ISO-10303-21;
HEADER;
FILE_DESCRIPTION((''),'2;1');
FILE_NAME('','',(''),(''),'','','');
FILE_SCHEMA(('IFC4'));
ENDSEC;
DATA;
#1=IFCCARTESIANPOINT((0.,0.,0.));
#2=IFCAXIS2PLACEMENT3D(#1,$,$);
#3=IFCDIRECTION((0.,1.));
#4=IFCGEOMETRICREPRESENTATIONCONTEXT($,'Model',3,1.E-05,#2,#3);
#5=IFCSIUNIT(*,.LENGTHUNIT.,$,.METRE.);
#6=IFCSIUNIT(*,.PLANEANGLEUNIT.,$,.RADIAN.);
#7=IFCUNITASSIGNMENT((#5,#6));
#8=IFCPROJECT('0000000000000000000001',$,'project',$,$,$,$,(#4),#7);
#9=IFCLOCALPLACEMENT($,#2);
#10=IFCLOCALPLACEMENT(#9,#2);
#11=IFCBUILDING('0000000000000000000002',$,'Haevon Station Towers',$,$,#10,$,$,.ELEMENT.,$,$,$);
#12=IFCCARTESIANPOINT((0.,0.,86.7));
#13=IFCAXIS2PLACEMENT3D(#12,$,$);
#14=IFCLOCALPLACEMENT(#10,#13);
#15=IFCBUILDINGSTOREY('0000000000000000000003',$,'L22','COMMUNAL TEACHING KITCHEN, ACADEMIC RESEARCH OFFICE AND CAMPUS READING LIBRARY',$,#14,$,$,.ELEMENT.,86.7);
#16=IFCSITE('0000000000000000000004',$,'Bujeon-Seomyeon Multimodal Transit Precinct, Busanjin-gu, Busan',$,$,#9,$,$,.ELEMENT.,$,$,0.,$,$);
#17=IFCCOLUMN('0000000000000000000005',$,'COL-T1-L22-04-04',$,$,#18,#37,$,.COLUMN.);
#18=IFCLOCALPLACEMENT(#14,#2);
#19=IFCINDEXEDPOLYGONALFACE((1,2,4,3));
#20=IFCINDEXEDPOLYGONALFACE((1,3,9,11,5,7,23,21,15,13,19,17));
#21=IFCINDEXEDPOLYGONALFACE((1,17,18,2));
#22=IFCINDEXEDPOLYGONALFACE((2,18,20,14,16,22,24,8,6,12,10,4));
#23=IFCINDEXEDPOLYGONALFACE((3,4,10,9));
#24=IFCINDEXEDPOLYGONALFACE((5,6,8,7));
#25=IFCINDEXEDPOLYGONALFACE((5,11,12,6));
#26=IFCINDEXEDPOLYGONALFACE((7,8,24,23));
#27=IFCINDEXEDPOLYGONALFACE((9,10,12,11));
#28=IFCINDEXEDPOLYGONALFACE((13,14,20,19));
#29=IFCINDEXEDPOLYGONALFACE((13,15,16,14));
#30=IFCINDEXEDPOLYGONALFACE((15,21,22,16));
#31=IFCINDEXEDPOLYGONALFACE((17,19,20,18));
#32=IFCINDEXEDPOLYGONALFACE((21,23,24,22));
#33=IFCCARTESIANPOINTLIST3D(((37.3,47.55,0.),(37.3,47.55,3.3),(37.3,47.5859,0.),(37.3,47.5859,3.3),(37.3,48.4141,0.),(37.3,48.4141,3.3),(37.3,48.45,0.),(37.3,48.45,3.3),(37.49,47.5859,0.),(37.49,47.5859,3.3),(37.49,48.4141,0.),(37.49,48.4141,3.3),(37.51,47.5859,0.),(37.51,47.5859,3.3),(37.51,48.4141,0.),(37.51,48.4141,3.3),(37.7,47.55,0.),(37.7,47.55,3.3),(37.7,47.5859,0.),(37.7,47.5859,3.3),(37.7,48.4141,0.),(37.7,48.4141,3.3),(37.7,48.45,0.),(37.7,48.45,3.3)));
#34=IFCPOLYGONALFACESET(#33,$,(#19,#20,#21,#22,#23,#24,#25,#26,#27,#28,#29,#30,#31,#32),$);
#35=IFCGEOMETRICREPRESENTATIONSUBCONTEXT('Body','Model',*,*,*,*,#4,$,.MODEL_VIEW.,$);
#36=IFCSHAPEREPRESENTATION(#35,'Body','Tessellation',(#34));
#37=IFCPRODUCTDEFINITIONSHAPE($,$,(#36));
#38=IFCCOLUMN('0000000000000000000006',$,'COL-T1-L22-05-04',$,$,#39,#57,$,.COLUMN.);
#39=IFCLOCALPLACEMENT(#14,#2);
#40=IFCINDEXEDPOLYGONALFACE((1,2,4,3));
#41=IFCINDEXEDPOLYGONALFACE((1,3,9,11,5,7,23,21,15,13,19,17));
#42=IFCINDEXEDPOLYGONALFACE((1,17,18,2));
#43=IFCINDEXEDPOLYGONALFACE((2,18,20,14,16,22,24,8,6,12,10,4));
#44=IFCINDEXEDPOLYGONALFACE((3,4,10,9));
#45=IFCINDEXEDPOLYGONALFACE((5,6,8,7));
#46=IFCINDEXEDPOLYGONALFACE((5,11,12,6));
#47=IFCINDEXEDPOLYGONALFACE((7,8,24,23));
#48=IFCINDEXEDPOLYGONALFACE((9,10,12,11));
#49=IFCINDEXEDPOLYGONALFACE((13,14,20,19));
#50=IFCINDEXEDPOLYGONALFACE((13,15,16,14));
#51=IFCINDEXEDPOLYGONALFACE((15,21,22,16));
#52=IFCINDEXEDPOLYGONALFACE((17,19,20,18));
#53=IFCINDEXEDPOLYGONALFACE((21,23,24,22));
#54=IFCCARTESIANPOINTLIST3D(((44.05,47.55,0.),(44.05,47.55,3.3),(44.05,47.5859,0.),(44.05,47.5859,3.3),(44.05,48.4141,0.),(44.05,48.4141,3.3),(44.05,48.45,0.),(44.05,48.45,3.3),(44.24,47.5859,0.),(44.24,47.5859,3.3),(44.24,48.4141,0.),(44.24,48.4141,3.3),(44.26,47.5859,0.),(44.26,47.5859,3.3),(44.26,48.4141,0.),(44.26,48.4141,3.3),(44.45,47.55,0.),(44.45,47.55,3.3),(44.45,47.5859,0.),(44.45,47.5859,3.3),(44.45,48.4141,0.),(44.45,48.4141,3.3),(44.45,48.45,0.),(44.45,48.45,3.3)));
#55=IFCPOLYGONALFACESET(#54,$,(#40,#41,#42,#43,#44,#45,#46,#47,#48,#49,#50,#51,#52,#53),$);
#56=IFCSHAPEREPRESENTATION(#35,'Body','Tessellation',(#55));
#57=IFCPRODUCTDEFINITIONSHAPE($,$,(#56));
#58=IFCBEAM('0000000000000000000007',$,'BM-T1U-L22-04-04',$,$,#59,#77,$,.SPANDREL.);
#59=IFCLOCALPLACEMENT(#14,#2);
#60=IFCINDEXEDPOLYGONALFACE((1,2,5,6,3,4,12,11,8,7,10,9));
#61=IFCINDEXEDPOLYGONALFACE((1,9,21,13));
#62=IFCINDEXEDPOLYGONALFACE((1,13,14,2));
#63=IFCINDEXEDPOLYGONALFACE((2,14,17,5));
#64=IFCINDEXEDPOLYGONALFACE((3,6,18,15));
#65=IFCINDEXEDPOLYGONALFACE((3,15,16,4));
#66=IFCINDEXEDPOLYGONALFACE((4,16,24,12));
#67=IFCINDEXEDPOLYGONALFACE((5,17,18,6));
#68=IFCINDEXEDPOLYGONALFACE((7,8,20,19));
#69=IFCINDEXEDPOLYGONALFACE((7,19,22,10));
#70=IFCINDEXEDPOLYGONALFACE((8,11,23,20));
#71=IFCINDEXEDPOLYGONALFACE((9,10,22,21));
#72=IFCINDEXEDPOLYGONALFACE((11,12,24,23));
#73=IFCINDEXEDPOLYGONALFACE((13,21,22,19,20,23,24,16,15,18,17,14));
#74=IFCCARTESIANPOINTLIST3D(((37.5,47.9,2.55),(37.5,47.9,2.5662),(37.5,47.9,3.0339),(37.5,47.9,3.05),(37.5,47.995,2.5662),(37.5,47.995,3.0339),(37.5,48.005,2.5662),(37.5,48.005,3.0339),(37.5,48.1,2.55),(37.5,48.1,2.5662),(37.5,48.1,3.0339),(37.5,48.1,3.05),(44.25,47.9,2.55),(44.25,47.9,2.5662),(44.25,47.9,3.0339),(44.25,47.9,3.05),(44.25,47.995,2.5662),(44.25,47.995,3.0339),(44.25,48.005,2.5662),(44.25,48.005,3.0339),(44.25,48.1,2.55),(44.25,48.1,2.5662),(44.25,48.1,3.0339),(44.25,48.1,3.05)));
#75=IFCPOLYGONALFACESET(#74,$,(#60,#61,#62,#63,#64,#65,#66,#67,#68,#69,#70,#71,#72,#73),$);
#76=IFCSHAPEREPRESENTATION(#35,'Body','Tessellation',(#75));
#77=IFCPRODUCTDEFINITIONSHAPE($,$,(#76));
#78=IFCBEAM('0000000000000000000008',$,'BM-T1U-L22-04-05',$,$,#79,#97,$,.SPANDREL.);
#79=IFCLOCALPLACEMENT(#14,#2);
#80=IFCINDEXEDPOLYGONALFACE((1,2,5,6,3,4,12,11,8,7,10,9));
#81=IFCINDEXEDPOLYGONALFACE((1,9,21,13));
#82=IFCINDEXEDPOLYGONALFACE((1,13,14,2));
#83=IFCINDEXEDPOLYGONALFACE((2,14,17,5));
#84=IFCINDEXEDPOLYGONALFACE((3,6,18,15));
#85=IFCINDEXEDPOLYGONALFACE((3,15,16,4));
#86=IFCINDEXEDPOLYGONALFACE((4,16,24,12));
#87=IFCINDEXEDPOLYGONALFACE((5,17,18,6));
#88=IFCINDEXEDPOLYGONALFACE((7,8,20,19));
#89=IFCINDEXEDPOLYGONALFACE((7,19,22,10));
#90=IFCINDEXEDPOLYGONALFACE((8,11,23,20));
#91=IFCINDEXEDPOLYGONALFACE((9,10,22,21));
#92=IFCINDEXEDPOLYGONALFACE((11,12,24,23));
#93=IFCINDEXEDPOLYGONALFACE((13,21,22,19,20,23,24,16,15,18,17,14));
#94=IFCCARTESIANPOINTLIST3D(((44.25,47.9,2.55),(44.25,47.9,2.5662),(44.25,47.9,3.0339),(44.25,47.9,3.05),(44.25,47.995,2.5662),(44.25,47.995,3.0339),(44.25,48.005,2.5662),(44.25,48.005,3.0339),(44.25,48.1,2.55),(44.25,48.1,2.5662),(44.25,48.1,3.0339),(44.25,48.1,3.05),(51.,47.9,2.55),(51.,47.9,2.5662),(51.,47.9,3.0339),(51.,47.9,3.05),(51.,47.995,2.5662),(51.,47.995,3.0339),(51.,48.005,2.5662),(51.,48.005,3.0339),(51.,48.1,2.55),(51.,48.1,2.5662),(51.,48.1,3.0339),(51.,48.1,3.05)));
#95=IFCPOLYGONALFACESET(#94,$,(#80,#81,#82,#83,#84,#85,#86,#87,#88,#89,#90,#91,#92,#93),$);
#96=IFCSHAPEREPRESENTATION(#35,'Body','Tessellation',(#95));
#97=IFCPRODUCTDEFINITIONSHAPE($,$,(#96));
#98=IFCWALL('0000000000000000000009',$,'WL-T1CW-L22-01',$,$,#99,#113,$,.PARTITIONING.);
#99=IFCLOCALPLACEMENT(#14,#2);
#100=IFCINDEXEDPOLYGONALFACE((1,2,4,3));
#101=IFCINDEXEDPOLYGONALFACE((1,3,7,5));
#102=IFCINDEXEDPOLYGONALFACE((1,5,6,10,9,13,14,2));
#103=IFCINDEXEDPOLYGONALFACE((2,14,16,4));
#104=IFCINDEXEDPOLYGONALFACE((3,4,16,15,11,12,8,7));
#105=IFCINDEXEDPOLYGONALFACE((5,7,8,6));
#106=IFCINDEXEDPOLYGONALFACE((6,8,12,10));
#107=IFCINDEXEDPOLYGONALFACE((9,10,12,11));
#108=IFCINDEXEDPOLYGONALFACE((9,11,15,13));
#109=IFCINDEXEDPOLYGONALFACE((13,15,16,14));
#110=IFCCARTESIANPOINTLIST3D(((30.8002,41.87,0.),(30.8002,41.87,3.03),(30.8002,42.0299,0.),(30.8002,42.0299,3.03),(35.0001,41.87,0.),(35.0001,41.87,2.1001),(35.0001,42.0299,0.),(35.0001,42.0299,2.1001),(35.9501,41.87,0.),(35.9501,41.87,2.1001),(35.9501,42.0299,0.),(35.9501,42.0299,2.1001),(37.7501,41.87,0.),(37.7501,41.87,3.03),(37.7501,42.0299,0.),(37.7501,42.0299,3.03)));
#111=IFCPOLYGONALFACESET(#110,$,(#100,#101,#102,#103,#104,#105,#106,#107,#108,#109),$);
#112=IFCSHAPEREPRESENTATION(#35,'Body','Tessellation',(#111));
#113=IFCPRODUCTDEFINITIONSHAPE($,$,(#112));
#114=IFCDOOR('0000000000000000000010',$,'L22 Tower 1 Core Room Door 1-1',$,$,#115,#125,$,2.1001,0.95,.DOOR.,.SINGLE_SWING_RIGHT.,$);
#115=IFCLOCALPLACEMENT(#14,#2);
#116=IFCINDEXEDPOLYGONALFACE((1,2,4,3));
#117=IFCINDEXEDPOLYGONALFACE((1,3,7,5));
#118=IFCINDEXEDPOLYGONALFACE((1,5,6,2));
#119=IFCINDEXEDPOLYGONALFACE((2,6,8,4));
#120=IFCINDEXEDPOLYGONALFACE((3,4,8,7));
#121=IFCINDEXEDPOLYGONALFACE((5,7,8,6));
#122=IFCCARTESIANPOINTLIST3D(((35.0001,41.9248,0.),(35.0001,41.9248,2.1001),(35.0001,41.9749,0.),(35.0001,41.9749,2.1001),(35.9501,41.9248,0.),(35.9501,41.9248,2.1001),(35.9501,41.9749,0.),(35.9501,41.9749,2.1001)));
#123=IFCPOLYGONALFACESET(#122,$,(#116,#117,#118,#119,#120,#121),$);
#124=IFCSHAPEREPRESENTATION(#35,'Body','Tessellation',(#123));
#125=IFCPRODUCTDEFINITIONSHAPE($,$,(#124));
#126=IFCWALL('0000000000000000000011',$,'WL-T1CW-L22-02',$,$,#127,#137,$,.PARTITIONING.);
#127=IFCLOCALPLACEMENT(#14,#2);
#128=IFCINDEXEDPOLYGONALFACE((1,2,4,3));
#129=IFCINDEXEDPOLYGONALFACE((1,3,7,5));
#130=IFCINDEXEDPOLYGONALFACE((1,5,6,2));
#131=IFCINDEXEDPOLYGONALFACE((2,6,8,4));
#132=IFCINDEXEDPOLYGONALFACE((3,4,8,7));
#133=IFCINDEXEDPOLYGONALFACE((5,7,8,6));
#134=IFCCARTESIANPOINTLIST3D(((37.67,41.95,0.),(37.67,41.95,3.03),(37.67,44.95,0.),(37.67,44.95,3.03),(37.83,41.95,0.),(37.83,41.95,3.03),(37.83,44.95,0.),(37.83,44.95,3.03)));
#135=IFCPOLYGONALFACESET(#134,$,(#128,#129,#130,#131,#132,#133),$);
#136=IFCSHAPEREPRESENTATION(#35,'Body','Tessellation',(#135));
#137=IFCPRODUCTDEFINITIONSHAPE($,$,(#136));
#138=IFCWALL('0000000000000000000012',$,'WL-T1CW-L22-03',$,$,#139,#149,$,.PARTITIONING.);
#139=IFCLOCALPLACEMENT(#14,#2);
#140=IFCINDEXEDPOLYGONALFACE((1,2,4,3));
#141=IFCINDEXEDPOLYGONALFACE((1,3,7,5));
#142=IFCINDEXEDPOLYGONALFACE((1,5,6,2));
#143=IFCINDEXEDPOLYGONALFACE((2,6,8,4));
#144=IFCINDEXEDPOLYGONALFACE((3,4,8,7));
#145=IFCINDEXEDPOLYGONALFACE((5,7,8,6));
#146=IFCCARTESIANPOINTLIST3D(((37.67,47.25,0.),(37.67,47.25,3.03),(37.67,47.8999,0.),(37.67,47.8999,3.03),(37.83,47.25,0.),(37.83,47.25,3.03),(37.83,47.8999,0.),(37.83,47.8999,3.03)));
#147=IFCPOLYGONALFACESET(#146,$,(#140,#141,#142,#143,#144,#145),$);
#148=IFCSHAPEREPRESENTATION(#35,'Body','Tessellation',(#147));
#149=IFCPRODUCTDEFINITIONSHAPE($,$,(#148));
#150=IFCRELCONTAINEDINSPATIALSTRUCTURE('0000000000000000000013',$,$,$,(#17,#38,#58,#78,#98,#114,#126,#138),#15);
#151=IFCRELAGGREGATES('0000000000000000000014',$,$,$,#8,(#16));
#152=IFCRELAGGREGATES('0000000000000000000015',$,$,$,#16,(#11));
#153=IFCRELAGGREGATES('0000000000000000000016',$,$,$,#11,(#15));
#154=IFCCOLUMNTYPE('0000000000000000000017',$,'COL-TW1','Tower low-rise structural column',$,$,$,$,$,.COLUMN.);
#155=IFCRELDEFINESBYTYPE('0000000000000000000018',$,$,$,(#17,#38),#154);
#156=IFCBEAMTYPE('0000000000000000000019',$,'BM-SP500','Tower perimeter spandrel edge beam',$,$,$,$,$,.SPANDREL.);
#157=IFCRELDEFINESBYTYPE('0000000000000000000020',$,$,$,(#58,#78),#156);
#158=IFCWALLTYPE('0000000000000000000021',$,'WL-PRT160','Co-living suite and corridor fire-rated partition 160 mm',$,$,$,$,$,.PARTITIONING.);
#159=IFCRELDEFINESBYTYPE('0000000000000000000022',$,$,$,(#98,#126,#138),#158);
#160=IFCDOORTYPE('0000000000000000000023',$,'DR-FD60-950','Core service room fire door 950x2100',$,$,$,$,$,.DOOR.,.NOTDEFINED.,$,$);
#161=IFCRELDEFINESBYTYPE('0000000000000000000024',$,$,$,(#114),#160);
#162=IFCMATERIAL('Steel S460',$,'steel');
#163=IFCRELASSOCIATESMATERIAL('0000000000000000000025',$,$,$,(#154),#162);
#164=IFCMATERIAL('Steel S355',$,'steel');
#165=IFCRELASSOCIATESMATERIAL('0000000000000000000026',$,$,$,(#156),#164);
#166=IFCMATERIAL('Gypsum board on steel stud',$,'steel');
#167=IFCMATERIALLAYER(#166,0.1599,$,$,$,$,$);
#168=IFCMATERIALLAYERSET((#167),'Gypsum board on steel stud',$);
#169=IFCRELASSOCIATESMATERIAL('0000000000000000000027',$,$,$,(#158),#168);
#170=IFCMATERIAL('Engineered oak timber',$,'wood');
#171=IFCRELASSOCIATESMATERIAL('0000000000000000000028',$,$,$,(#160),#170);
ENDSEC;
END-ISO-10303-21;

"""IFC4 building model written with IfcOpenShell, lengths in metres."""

from ifc_helpers import new_model, si_unit, direction, frame, frame_2d, origin, origin_2d, place, context, subcontext, project, spatial, rectangle, i_section, extrude, material, layer, layer_set, material_profile, profile_set, type_object, element, fill, save


model = new_model("IFC4")

# Units and contexts
model_context = context("Model", 3, precision=1e-05, world=origin(), true_north=direction((0.0, 1.0)))
body_context = subcontext(model_context, "Body", "Model", "MODEL_VIEW")
ifc_project = project(units=[si_unit("LENGTHUNIT", "METRE"), si_unit("PLANEANGLEUNIT", "RADIAN")], contexts=[model_context])

# Site, building, storey
site_placement = place(None, origin())
site = spatial("IfcSite", under=ifc_project, at=site_placement, Name="Bujeon-Seomyeon Multimodal Transit Precinct, Busanjin-gu, Busan", CompositionType="ELEMENT", RefElevation=0.0)
building_placement = place(site_placement, origin())
building = spatial("IfcBuilding", under=site, at=building_placement, Name="Haevon Station Towers", CompositionType="ELEMENT")
storey_placement = place(building_placement, frame((0.0, 0.0, 86.7)))
storey = spatial("IfcBuildingStorey", under=building, at=storey_placement, Name="L22", Description="COMMUNAL TEACHING KITCHEN, ACADEMIC RESEARCH OFFICE AND CAMPUS READING LIBRARY", CompositionType="ELEMENT", Elevation=86.7)

# Columns
ifc_material_1 = material(Name="Steel S460", Category="steel")
ifc_material_profile_1 = material_profile(ifc_material_1, i_section(OverallWidth=0.3999, OverallDepth=0.8999, WebThickness=0.02, FlangeThickness=0.0359, at=origin_2d()), Name="H-900x400x20x36")
ifc_profile_set_1 = profile_set([ifc_material_profile_1], Name="Steel S460")
column_type = type_object("IfcColumnType", Name="COL-TW1", Description="Tower low-rise structural column", PredefinedType="COLUMN", material=ifc_profile_set_1)
for number, where, z_axis, x_axis, name in (
    (1, (37.5, 48.0, 0.0), (0.0, 0.0, 1.0), (1.0, 0.0, 0.0), "COL-T1-L22-04-04"),
    (2, (44.25, 48.0, 0.0), (0.0, 0.0, 1.0), (1.0, 0.0, 0.0), "COL-T1-L22-05-04"),
):
    element("IfcColumn", number, at=place(storey_placement, frame(where, z_axis=z_axis, x_axis=x_axis)), inside=storey, type_object=column_type, Name=name, PredefinedType="COLUMN", context=body_context, shape_type="SweptSolid", body=[
        extrude(i_section(OverallWidth=0.3999, OverallDepth=0.8999, WebThickness=0.02, FlangeThickness=0.0359, at=origin_2d()), origin(), (0.0, 0.0, 1.0), 3.3),
    ])

# Beams
ifc_material_2 = material(Name="Steel S355", Category="steel")
ifc_material_profile_2 = material_profile(ifc_material_2, i_section(OverallWidth=0.2, OverallDepth=0.5, WebThickness=0.01, FlangeThickness=0.0161, at=origin_2d()), Name="H-500x200x10x16")
ifc_profile_set_2 = profile_set([ifc_material_profile_2], Name="Steel S355")
beam_type = type_object("IfcBeamType", Name="BM-SP500", Description="Tower perimeter spandrel edge beam", PredefinedType="SPANDREL", material=ifc_profile_set_2)
for number, where, z_axis, x_axis, name in (
    (3, (37.5, 48.0, 2.8), (1.0, 0.0, 0.0), (0.0, 1.0, 0.0), "BM-T1U-L22-04-04"),
    (4, (44.25, 48.0, 2.8), (1.0, 0.0, 0.0), (0.0, 1.0, 0.0), "BM-T1U-L22-04-05"),
):
    element("IfcBeam", number, at=place(storey_placement, frame(where, z_axis=z_axis, x_axis=x_axis)), inside=storey, type_object=beam_type, Name=name, PredefinedType="SPANDREL", context=body_context, shape_type="SweptSolid", body=[
        extrude(i_section(OverallWidth=0.2, OverallDepth=0.5, WebThickness=0.01, FlangeThickness=0.0161, at=origin_2d()), origin(), (0.0, 0.0, 1.0), 6.75),
    ])

# Wall, opening, door
ifc_material_3 = material(Name="Gypsum board on steel stud", Category="steel")
ifc_layer_1 = layer(ifc_material_3, 0.1599)
ifc_layer_set_1 = layer_set([ifc_layer_1], Name="Gypsum board on steel stud")
wall_type_1 = type_object("IfcWallType", Name="WL-PRT160", Description="Co-living suite and corridor fire-rated partition 160 mm", PredefinedType="PARTITIONING", material=ifc_layer_set_1)
wall_1_placement = place(storey_placement, frame((30.8, 41.95, 0.0), z_axis=(0.0, 0.0, 1.0), x_axis=(1.0, 0.0, 0.0)))
wall_1 = element("IfcWall", 5, at=wall_1_placement, inside=storey, type_object=wall_type_1, Name="WL-T1CW-L22-01", PredefinedType="PARTITIONING", context=body_context, shape_type="SweptSolid", body=[
    extrude(rectangle(XDim=6.95, YDim=0.1599, at=frame_2d((3.4751, 0.0))), origin(), (0.0, 0.0, 1.0), 3.03),
])
opening_1_placement = place(wall_1_placement, frame((4.2, 0.0, 0.0)))
opening_1 = element("IfcOpeningElement", 6, at=opening_1_placement, cuts=wall_1, PredefinedType="OPENING", context=body_context, shape_type="SweptSolid", body=[
    extrude(rectangle(XDim=0.95, YDim=2.1001, at=frame_2d((0.4751, 1.05))), frame((0.0, 0.0898, 0.0), z_axis=(0.0, -1.0, 0.0), x_axis=(1.0, 0.0, 0.0)), (0.0, 0.0, 1.0), 0.1799),
])
ifc_material_4 = material(Name="Engineered oak timber", Category="wood")
door_type_1 = type_object("IfcDoorType", Name="DR-FD60-950", Description="Core service room fire door 950x2100", OperationType="NOTDEFINED", PredefinedType="DOOR", material=ifc_material_4)
door_1_placement = place(opening_1_placement, origin())
door_1 = element("IfcDoor", 7, at=door_1_placement, inside=storey, type_object=door_type_1, Name="L22 Tower 1 Core Room Door 1-1", OperationType="SINGLE_SWING_RIGHT", OverallHeight=2.1001, OverallWidth=0.95, PredefinedType="DOOR", context=body_context, shape_type="SweptSolid", body=[
    extrude(rectangle(XDim=0.95, YDim=2.1001, at=frame_2d((0.4751, 1.05))), frame((0.0, 0.0249, 0.0), z_axis=(0.0, -1.0, 0.0), x_axis=(1.0, 0.0, 0.0)), (0.0, 0.0, 1.0), 0.05),
])
fill(opening_1, door_1)

# Walls
wall_2_placement = place(storey_placement, frame((37.75, 41.95, 0.0), z_axis=(0.0, 0.0, 1.0), x_axis=(0.0, 1.0, 0.0)))
element("IfcWall", 8, at=wall_2_placement, inside=storey, type_object=wall_type_1, Name="WL-T1CW-L22-02", PredefinedType="PARTITIONING", context=body_context, shape_type="SweptSolid", body=[
    extrude(rectangle(XDim=3.0, YDim=0.1599, at=frame_2d((1.5, 0.0))), origin(), (0.0, 0.0, 1.0), 3.03),
])
wall_3_placement = place(storey_placement, frame((37.75, 47.25, 0.0), z_axis=(0.0, 0.0, 1.0), x_axis=(0.0, 1.0, 0.0)))
element("IfcWall", 9, at=wall_3_placement, inside=storey, type_object=wall_type_1, Name="WL-T1CW-L22-03", PredefinedType="PARTITIONING", context=body_context, shape_type="SweptSolid", body=[
    extrude(rectangle(XDim=0.6499, YDim=0.1599, at=frame_2d((0.325, 0.0))), origin(), (0.0, 0.0, 1.0), 3.03),
])

save(model, "model.ifc")
